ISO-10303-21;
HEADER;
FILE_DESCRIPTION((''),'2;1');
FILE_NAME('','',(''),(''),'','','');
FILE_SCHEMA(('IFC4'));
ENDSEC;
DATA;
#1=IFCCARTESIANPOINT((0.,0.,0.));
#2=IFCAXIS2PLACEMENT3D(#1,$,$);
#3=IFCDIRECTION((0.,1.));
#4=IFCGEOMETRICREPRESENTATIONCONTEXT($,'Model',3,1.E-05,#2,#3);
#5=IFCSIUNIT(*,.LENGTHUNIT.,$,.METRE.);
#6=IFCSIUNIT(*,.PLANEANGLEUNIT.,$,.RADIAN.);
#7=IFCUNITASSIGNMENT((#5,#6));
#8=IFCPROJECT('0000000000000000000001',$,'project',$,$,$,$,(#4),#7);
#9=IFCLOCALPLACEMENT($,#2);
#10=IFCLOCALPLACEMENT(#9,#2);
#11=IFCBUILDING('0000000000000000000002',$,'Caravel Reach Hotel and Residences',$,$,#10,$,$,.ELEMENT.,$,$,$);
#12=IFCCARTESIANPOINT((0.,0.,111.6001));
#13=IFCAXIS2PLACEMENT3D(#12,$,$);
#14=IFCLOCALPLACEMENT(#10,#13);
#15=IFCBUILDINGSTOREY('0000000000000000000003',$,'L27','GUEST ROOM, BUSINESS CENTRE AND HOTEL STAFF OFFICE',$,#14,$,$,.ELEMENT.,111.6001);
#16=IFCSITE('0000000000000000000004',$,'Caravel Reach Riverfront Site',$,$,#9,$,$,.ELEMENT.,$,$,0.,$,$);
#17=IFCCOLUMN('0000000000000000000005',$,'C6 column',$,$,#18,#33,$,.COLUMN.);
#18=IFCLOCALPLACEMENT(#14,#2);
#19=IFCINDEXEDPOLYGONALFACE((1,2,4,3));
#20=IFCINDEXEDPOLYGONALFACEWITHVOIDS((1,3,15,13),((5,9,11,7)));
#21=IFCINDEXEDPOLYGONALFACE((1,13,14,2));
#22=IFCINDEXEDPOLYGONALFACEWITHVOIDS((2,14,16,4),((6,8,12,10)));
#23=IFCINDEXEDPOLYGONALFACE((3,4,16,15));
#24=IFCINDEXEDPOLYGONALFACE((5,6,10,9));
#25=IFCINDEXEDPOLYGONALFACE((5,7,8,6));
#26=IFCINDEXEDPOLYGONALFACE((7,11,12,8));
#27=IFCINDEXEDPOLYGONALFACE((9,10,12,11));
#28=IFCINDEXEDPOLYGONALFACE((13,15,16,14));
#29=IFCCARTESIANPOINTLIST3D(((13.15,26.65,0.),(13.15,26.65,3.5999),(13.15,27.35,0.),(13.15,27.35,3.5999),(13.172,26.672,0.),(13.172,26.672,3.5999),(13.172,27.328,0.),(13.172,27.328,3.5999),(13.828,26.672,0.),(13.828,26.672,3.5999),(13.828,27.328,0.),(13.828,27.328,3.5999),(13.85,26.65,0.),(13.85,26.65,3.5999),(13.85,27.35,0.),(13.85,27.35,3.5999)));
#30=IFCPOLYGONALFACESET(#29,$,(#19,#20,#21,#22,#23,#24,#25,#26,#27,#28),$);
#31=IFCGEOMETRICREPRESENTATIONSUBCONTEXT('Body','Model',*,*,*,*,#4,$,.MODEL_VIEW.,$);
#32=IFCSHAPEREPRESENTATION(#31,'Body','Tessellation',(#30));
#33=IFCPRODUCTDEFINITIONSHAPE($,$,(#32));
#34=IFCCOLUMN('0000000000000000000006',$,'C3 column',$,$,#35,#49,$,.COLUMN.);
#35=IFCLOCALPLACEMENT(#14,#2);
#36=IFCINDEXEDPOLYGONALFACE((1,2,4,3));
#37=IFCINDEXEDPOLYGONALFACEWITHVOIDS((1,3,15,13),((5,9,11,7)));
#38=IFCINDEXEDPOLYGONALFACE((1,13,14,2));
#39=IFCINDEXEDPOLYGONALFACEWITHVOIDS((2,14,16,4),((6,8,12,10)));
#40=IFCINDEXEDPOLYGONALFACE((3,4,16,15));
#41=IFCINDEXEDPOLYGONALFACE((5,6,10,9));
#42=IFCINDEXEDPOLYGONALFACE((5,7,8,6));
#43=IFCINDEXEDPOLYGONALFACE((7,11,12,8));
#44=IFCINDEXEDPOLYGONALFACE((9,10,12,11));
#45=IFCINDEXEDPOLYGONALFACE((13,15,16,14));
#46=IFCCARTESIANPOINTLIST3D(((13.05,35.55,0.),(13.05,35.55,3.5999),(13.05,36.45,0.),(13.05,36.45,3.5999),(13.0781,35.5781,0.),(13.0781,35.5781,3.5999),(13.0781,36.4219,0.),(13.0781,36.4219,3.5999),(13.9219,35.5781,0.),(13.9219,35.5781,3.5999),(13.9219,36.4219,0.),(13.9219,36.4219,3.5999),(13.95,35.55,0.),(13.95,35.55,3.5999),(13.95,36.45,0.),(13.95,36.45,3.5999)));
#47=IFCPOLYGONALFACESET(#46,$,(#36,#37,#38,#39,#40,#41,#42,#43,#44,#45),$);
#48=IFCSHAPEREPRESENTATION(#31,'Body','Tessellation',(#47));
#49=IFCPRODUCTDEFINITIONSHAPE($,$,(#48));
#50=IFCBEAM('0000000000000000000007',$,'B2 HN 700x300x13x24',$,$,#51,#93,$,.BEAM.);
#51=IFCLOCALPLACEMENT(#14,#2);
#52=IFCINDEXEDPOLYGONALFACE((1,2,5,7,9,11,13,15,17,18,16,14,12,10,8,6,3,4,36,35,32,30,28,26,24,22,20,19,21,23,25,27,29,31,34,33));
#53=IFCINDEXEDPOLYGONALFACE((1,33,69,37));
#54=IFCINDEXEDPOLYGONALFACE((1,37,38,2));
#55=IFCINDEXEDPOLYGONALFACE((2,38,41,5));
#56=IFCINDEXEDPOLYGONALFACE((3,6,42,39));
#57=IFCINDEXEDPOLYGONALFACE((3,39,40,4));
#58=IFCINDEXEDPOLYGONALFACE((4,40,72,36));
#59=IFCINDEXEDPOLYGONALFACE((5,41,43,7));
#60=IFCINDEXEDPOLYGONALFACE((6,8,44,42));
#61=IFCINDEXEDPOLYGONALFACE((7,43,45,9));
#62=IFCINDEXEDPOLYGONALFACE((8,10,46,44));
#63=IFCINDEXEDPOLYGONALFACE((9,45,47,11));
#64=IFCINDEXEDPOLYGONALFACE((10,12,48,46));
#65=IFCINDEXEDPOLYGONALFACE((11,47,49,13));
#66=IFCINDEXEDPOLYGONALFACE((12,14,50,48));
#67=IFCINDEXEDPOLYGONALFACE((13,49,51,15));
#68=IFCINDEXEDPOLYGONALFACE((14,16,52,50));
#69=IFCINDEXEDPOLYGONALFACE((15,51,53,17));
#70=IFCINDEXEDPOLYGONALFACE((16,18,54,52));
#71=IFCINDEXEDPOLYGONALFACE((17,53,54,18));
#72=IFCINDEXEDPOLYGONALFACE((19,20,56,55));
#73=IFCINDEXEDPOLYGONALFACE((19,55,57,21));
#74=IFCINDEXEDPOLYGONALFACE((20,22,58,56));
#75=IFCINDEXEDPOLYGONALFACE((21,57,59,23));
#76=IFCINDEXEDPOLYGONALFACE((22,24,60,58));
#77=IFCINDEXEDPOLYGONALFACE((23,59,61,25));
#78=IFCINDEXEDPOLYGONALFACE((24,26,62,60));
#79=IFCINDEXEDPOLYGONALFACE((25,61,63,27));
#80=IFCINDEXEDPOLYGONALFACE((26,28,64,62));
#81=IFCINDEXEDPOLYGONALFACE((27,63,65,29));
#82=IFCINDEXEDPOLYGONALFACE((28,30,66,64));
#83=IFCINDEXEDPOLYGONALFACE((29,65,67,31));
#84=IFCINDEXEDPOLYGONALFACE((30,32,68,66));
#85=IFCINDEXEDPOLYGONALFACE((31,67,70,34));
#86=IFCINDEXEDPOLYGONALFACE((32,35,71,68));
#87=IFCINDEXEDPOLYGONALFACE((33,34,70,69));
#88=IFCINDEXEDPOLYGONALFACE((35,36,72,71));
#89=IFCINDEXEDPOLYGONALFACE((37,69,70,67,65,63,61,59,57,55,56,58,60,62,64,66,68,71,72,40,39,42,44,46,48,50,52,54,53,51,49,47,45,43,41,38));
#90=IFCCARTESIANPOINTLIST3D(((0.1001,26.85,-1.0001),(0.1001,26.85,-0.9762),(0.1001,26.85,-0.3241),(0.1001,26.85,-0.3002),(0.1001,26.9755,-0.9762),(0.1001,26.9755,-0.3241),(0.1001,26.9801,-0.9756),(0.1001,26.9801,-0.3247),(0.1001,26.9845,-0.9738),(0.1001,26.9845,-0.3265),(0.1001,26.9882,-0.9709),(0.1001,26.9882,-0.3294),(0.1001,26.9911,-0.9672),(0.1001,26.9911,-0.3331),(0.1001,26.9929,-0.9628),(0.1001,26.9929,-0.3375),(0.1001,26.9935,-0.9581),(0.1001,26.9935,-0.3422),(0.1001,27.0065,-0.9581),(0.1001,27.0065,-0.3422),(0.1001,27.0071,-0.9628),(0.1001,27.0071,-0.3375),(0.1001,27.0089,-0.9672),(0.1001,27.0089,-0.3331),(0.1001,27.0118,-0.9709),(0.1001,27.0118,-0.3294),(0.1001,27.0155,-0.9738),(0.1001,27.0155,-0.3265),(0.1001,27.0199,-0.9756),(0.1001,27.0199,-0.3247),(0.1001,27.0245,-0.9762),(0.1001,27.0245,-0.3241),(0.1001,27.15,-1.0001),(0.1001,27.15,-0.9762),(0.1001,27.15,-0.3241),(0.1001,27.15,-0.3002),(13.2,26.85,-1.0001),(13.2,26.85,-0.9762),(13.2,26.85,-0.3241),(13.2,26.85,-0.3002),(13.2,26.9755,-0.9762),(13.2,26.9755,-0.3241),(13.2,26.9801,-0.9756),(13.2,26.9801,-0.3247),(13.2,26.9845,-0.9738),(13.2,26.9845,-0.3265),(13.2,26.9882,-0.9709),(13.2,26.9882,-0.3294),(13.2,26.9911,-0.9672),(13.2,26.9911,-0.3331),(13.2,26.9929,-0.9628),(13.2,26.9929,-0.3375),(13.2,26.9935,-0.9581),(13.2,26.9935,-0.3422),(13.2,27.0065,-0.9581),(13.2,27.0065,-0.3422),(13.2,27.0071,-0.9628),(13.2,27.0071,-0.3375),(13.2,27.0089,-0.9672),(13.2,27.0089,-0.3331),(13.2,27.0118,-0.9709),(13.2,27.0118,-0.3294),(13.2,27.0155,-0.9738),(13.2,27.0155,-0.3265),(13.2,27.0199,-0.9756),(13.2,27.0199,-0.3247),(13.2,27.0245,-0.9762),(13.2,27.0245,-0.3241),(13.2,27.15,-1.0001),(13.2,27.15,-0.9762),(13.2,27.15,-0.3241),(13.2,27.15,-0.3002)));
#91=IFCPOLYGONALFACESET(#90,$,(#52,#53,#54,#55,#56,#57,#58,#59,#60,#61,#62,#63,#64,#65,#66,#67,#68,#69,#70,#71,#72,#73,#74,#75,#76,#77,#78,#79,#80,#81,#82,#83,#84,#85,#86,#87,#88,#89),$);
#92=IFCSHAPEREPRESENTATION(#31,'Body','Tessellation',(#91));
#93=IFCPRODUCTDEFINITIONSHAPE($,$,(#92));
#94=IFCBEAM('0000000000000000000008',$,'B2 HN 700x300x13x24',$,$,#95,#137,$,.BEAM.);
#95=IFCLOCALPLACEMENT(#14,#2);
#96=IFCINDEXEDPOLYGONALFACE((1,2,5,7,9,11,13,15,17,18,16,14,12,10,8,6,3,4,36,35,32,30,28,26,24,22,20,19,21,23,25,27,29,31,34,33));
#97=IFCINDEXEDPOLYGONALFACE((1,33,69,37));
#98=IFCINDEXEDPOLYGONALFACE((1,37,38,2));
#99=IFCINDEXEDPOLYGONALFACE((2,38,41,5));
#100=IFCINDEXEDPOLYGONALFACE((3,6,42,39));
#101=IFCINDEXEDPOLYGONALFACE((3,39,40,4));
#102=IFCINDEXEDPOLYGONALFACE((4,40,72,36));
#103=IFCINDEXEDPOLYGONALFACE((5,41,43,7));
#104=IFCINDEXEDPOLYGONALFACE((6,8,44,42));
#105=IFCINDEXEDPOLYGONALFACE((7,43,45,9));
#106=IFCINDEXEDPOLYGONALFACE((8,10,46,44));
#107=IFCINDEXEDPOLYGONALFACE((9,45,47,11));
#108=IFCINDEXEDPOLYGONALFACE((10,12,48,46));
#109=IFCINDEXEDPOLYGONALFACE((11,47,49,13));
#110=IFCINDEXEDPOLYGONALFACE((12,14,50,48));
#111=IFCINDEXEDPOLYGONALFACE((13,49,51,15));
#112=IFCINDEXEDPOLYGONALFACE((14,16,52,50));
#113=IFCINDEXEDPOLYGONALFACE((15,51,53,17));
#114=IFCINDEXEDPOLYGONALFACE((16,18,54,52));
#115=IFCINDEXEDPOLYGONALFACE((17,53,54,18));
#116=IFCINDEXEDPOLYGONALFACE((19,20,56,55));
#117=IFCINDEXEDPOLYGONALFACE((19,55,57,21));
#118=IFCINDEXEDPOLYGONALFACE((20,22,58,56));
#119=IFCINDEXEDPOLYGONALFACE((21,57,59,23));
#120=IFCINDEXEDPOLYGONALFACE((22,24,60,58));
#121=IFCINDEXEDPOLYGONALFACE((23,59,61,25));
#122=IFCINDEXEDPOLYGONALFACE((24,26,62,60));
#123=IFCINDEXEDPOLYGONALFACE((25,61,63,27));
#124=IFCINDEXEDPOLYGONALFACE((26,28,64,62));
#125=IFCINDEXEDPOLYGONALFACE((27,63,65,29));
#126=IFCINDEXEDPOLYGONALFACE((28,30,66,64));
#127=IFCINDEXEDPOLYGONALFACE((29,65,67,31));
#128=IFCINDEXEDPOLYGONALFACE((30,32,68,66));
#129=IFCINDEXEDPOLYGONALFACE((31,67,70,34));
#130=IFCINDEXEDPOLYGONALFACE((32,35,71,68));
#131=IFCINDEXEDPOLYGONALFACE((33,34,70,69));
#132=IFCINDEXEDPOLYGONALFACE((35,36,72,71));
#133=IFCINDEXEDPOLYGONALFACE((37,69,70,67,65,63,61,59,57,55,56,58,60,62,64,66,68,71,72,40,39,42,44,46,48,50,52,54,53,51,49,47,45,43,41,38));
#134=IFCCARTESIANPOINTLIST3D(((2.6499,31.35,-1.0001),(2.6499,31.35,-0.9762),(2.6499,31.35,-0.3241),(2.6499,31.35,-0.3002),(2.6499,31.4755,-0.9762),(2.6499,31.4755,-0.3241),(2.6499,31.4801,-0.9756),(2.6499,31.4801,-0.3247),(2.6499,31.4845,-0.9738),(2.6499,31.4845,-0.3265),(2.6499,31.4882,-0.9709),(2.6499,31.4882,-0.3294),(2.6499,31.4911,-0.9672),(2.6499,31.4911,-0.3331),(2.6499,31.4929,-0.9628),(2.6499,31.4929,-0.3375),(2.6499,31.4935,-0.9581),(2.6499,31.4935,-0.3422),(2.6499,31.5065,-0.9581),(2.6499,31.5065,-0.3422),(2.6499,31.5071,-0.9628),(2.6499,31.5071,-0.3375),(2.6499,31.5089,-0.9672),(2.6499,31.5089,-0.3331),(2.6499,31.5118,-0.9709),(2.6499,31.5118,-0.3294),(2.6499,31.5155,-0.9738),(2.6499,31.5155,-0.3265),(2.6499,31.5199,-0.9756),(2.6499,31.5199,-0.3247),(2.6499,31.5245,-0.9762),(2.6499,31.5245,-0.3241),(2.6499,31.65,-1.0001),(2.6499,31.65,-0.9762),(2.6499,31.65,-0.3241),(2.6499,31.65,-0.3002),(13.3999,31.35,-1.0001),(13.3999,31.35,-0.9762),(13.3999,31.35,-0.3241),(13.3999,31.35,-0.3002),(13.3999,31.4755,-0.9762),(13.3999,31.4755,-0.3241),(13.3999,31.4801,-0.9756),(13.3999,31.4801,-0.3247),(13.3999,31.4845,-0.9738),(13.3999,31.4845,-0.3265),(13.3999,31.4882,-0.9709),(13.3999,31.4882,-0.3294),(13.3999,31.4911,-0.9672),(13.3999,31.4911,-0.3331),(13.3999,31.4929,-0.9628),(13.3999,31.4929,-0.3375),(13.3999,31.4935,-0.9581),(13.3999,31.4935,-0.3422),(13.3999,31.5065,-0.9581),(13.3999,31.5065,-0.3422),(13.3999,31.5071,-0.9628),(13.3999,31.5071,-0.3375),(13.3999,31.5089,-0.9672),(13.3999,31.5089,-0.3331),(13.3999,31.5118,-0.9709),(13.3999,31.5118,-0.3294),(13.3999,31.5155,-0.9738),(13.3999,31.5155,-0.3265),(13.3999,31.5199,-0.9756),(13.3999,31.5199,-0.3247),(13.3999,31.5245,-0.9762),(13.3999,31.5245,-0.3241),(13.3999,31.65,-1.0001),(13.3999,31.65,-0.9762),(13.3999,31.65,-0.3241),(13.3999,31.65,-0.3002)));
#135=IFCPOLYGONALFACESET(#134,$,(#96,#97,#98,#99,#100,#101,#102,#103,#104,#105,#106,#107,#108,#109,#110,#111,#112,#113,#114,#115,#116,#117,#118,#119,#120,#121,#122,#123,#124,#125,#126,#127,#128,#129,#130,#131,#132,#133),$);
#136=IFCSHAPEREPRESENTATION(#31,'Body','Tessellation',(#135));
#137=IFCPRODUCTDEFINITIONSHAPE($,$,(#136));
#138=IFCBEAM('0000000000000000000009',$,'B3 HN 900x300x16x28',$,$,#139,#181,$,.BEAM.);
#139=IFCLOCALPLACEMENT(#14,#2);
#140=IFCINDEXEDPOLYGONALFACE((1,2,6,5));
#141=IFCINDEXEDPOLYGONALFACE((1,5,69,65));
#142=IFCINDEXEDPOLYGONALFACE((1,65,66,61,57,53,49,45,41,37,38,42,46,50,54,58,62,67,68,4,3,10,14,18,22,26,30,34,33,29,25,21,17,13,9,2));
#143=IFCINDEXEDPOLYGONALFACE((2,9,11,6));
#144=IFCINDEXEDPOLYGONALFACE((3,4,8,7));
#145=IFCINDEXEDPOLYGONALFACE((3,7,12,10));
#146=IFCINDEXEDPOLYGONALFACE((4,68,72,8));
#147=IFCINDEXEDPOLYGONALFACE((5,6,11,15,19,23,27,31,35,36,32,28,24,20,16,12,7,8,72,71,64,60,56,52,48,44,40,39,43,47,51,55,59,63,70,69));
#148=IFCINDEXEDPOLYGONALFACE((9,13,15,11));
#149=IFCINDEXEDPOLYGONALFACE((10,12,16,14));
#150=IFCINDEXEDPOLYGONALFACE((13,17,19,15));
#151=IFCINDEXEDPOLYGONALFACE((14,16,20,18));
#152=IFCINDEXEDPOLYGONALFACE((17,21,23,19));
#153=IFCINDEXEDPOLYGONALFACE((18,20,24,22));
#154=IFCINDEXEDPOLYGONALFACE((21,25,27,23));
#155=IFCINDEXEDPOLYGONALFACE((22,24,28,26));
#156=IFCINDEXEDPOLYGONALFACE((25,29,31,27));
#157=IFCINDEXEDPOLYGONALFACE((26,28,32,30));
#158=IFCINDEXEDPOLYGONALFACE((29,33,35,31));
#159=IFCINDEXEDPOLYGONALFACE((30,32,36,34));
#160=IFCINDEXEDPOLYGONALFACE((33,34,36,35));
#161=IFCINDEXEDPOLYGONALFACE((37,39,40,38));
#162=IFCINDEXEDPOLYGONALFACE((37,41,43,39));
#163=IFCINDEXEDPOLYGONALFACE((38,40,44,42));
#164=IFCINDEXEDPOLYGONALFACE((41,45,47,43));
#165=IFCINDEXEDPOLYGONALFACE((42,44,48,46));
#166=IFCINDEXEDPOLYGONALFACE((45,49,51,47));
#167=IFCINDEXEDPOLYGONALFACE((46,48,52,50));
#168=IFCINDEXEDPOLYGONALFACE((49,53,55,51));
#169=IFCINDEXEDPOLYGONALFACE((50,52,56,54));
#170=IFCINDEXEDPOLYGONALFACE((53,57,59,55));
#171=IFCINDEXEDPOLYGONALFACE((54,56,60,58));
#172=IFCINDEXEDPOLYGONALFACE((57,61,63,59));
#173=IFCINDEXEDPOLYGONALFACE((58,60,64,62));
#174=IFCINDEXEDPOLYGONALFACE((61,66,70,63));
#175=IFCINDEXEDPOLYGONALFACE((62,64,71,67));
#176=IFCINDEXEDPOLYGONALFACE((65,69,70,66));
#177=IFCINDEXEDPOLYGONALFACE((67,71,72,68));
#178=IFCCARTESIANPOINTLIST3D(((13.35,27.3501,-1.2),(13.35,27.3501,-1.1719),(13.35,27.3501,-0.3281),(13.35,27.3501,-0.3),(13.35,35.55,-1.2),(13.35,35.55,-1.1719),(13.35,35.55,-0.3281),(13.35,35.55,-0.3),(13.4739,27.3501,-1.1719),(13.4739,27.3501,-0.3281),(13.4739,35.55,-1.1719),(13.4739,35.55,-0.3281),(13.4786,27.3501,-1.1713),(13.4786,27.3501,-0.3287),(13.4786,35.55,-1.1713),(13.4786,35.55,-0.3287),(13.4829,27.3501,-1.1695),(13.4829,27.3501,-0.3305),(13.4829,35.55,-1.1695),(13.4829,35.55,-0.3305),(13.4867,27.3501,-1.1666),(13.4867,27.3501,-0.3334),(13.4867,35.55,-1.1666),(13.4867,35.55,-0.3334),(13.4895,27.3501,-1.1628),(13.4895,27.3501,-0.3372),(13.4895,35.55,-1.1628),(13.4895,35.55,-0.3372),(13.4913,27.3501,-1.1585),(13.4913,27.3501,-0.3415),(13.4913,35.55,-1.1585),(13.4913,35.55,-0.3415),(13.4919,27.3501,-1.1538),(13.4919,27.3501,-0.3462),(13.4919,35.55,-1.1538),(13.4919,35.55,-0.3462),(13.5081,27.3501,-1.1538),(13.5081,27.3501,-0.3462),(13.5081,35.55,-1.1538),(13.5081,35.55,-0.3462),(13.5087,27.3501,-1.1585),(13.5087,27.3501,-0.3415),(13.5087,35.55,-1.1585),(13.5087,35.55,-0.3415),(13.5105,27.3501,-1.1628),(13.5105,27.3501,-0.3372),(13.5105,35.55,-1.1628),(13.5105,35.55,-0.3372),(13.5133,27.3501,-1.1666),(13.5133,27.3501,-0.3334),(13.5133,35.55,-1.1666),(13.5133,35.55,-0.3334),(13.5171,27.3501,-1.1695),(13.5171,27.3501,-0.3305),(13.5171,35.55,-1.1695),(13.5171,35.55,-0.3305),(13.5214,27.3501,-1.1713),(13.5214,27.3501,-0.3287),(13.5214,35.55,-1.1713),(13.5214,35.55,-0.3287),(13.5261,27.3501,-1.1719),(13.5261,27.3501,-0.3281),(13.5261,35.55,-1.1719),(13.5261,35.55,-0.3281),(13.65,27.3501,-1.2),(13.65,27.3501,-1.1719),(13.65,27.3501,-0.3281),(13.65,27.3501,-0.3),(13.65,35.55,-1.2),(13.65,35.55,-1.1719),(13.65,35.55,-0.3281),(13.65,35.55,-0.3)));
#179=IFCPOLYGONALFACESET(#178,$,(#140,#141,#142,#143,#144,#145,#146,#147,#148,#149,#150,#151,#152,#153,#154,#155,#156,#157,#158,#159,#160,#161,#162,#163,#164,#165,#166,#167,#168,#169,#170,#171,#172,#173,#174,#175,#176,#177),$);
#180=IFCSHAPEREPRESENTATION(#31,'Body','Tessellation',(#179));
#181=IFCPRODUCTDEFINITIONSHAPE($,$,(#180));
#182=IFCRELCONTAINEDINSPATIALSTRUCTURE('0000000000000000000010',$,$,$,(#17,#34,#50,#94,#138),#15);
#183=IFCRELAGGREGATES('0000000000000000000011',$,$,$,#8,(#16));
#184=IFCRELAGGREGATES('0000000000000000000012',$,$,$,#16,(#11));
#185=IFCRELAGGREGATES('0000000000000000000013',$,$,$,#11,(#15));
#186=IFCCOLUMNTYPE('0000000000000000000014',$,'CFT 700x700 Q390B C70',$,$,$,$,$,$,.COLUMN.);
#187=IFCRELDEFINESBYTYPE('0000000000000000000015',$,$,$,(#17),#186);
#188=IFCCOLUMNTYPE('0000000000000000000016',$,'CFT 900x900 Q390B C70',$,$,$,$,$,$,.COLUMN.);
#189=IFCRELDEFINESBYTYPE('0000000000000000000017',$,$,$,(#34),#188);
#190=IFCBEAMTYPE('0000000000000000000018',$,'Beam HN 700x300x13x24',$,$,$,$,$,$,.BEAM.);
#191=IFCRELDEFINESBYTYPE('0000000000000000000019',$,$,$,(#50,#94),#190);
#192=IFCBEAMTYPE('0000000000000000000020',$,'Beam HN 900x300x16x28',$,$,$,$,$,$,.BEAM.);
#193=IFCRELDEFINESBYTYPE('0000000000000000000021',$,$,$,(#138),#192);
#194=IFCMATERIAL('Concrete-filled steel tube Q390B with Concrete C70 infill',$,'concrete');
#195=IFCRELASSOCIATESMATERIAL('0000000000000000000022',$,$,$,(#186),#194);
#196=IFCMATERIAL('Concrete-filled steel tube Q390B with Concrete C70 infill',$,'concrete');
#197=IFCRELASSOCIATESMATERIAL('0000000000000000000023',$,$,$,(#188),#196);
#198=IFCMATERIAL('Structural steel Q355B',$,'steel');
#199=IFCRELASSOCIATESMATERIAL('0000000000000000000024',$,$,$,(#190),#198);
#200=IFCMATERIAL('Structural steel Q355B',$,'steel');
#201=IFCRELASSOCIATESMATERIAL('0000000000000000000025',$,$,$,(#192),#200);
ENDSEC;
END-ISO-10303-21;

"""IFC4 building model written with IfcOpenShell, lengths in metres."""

from ifc_helpers import new_model, si_unit, direction, frame, origin, origin_2d, place, context, subcontext, project, spatial, hollow_rectangle, i_section, extrude, material, material_profile, profile_set, type_object, element, save


model = new_model("IFC4")

# Units and contexts
model_context = context("Model", 3, precision=1e-05, world=origin(), true_north=direction((0.0, 1.0)))
body_context = subcontext(model_context, "Body", "Model", "MODEL_VIEW")
ifc_project = project(units=[si_unit("LENGTHUNIT", "METRE"), si_unit("PLANEANGLEUNIT", "RADIAN")], contexts=[model_context])

# Site, building, storey
site_placement = place(None, origin())
site = spatial("IfcSite", under=ifc_project, at=site_placement, Name="Caravel Reach Riverfront Site", CompositionType="ELEMENT", RefElevation=0.0)
building_placement = place(site_placement, origin())
building = spatial("IfcBuilding", under=site, at=building_placement, Name="Caravel Reach Hotel and Residences", CompositionType="ELEMENT")
storey_placement = place(building_placement, frame((0.0, 0.0, 111.6001)))
storey = spatial("IfcBuildingStorey", under=building, at=storey_placement, Name="L27", Description="GUEST ROOM, BUSINESS CENTRE AND HOTEL STAFF OFFICE", CompositionType="ELEMENT", Elevation=111.6001)

# Columns
ifc_material_1 = material(Name="Concrete-filled steel tube Q390B with Concrete C70 infill", Category="concrete")
ifc_material_profile_1 = material_profile(ifc_material_1, hollow_rectangle(XDim=0.7, YDim=0.7, WallThickness=0.022, at=origin_2d()), Name="RHS 700x700x22")
ifc_profile_set_1 = profile_set([ifc_material_profile_1], Name="Concrete-filled steel tube Q390B with Concrete C70 infill")
column_type_1 = type_object("IfcColumnType", Name="CFT 700x700 Q390B C70", PredefinedType="COLUMN", material=ifc_profile_set_1)
column_1_placement = place(storey_placement, frame((13.5, 27.0, 0.0), z_axis=(0.0, 0.0, 1.0), x_axis=(1.0, 0.0, 0.0)))
element("IfcColumn", 1, at=column_1_placement, inside=storey, type_object=column_type_1, Name="C6 column", PredefinedType="COLUMN", context=body_context, shape_type="SweptSolid", body=[
    extrude(hollow_rectangle(XDim=0.7, YDim=0.7, WallThickness=0.022, at=origin_2d()), origin(), (0.0, 0.0, 1.0), 3.5999),
])
ifc_material_2 = material(Name="Concrete-filled steel tube Q390B with Concrete C70 infill", Category="concrete")
ifc_material_profile_2 = material_profile(ifc_material_2, hollow_rectangle(XDim=0.8999, YDim=0.8999, WallThickness=0.0281, at=origin_2d()), Name="RHS 900x900x28")
ifc_profile_set_2 = profile_set([ifc_material_profile_2], Name="Concrete-filled steel tube Q390B with Concrete C70 infill")
column_type_2 = type_object("IfcColumnType", Name="CFT 900x900 Q390B C70", PredefinedType="COLUMN", material=ifc_profile_set_2)
column_2_placement = place(storey_placement, frame((13.5, 36.0, 0.0), z_axis=(0.0, 0.0, 1.0), x_axis=(1.0, 0.0, 0.0)))
element("IfcColumn", 2, at=column_2_placement, inside=storey, type_object=column_type_2, Name="C3 column", PredefinedType="COLUMN", context=body_context, shape_type="SweptSolid", body=[
    extrude(hollow_rectangle(XDim=0.8999, YDim=0.8999, WallThickness=0.0281, at=origin_2d()), origin(), (0.0, 0.0, 1.0), 3.5999),
])

# Beams
ifc_material_3 = material(Name="Structural steel Q355B", Category="steel")
ifc_material_profile_3 = material_profile(ifc_material_3, i_section(OverallWidth=0.3, OverallDepth=0.7, WebThickness=0.0129, FlangeThickness=0.0239, FilletRadius=0.0181, at=origin_2d()), Name="HN 700x300x13x24")
ifc_profile_set_3 = profile_set([ifc_material_profile_3], Name="Structural steel Q355B")
beam_type_1 = type_object("IfcBeamType", Name="Beam HN 700x300x13x24", PredefinedType="BEAM", material=ifc_profile_set_3)
beam_1_placement = place(storey_placement, frame((13.2, 27.0, -0.6501), z_axis=(-1.0, 0.0, 0.0), x_axis=(0.0, -1.0, 0.0)))
element("IfcBeam", 3, at=beam_1_placement, inside=storey, type_object=beam_type_1, Name="B2 HN 700x300x13x24", PredefinedType="BEAM", context=body_context, shape_type="SweptSolid", body=[
    extrude(i_section(OverallWidth=0.3, OverallDepth=0.7, WebThickness=0.0129, FlangeThickness=0.0239, FilletRadius=0.0181, at=origin_2d()), origin(), (0.0, 0.0, 1.0), 13.0999),
])
beam_2_placement = place(storey_placement, frame((13.3999, 31.5, -0.6501), z_axis=(-1.0, 0.0, 0.0), x_axis=(0.0, -1.0, 0.0)))
element("IfcBeam", 4, at=beam_2_placement, inside=storey, type_object=beam_type_1, Name="B2 HN 700x300x13x24", PredefinedType="BEAM", context=body_context, shape_type="SweptSolid", body=[
    extrude(i_section(OverallWidth=0.3, OverallDepth=0.7, WebThickness=0.0129, FlangeThickness=0.0239, FilletRadius=0.0181, at=origin_2d()), origin(), (0.0, 0.0, 1.0), 10.75),
])
ifc_material_4 = material(Name="Structural steel Q355B", Category="steel")
ifc_material_profile_4 = material_profile(ifc_material_4, i_section(OverallWidth=0.3, OverallDepth=0.8999, WebThickness=0.0161, FlangeThickness=0.0281, FilletRadius=0.0181, at=origin_2d()), Name="HN 900x300x16x28")
ifc_profile_set_4 = profile_set([ifc_material_profile_4], Name="Structural steel Q355B")
beam_type_2 = type_object("IfcBeamType", Name="Beam HN 900x300x16x28", PredefinedType="BEAM", material=ifc_profile_set_4)
beam_3_placement = place(storey_placement, frame((13.5, 27.3501, -0.75), z_axis=(0.0, 1.0, 0.0), x_axis=(-1.0, 0.0, 0.0)))
element("IfcBeam", 5, at=beam_3_placement, inside=storey, type_object=beam_type_2, Name="B3 HN 900x300x16x28", PredefinedType="BEAM", context=body_context, shape_type="SweptSolid", body=[
    extrude(i_section(OverallWidth=0.3, OverallDepth=0.8999, WebThickness=0.0161, FlangeThickness=0.0281, FilletRadius=0.0181, at=origin_2d()), origin(), (0.0, 0.0, 1.0), 8.2),
])

save(model, "model.ifc")
